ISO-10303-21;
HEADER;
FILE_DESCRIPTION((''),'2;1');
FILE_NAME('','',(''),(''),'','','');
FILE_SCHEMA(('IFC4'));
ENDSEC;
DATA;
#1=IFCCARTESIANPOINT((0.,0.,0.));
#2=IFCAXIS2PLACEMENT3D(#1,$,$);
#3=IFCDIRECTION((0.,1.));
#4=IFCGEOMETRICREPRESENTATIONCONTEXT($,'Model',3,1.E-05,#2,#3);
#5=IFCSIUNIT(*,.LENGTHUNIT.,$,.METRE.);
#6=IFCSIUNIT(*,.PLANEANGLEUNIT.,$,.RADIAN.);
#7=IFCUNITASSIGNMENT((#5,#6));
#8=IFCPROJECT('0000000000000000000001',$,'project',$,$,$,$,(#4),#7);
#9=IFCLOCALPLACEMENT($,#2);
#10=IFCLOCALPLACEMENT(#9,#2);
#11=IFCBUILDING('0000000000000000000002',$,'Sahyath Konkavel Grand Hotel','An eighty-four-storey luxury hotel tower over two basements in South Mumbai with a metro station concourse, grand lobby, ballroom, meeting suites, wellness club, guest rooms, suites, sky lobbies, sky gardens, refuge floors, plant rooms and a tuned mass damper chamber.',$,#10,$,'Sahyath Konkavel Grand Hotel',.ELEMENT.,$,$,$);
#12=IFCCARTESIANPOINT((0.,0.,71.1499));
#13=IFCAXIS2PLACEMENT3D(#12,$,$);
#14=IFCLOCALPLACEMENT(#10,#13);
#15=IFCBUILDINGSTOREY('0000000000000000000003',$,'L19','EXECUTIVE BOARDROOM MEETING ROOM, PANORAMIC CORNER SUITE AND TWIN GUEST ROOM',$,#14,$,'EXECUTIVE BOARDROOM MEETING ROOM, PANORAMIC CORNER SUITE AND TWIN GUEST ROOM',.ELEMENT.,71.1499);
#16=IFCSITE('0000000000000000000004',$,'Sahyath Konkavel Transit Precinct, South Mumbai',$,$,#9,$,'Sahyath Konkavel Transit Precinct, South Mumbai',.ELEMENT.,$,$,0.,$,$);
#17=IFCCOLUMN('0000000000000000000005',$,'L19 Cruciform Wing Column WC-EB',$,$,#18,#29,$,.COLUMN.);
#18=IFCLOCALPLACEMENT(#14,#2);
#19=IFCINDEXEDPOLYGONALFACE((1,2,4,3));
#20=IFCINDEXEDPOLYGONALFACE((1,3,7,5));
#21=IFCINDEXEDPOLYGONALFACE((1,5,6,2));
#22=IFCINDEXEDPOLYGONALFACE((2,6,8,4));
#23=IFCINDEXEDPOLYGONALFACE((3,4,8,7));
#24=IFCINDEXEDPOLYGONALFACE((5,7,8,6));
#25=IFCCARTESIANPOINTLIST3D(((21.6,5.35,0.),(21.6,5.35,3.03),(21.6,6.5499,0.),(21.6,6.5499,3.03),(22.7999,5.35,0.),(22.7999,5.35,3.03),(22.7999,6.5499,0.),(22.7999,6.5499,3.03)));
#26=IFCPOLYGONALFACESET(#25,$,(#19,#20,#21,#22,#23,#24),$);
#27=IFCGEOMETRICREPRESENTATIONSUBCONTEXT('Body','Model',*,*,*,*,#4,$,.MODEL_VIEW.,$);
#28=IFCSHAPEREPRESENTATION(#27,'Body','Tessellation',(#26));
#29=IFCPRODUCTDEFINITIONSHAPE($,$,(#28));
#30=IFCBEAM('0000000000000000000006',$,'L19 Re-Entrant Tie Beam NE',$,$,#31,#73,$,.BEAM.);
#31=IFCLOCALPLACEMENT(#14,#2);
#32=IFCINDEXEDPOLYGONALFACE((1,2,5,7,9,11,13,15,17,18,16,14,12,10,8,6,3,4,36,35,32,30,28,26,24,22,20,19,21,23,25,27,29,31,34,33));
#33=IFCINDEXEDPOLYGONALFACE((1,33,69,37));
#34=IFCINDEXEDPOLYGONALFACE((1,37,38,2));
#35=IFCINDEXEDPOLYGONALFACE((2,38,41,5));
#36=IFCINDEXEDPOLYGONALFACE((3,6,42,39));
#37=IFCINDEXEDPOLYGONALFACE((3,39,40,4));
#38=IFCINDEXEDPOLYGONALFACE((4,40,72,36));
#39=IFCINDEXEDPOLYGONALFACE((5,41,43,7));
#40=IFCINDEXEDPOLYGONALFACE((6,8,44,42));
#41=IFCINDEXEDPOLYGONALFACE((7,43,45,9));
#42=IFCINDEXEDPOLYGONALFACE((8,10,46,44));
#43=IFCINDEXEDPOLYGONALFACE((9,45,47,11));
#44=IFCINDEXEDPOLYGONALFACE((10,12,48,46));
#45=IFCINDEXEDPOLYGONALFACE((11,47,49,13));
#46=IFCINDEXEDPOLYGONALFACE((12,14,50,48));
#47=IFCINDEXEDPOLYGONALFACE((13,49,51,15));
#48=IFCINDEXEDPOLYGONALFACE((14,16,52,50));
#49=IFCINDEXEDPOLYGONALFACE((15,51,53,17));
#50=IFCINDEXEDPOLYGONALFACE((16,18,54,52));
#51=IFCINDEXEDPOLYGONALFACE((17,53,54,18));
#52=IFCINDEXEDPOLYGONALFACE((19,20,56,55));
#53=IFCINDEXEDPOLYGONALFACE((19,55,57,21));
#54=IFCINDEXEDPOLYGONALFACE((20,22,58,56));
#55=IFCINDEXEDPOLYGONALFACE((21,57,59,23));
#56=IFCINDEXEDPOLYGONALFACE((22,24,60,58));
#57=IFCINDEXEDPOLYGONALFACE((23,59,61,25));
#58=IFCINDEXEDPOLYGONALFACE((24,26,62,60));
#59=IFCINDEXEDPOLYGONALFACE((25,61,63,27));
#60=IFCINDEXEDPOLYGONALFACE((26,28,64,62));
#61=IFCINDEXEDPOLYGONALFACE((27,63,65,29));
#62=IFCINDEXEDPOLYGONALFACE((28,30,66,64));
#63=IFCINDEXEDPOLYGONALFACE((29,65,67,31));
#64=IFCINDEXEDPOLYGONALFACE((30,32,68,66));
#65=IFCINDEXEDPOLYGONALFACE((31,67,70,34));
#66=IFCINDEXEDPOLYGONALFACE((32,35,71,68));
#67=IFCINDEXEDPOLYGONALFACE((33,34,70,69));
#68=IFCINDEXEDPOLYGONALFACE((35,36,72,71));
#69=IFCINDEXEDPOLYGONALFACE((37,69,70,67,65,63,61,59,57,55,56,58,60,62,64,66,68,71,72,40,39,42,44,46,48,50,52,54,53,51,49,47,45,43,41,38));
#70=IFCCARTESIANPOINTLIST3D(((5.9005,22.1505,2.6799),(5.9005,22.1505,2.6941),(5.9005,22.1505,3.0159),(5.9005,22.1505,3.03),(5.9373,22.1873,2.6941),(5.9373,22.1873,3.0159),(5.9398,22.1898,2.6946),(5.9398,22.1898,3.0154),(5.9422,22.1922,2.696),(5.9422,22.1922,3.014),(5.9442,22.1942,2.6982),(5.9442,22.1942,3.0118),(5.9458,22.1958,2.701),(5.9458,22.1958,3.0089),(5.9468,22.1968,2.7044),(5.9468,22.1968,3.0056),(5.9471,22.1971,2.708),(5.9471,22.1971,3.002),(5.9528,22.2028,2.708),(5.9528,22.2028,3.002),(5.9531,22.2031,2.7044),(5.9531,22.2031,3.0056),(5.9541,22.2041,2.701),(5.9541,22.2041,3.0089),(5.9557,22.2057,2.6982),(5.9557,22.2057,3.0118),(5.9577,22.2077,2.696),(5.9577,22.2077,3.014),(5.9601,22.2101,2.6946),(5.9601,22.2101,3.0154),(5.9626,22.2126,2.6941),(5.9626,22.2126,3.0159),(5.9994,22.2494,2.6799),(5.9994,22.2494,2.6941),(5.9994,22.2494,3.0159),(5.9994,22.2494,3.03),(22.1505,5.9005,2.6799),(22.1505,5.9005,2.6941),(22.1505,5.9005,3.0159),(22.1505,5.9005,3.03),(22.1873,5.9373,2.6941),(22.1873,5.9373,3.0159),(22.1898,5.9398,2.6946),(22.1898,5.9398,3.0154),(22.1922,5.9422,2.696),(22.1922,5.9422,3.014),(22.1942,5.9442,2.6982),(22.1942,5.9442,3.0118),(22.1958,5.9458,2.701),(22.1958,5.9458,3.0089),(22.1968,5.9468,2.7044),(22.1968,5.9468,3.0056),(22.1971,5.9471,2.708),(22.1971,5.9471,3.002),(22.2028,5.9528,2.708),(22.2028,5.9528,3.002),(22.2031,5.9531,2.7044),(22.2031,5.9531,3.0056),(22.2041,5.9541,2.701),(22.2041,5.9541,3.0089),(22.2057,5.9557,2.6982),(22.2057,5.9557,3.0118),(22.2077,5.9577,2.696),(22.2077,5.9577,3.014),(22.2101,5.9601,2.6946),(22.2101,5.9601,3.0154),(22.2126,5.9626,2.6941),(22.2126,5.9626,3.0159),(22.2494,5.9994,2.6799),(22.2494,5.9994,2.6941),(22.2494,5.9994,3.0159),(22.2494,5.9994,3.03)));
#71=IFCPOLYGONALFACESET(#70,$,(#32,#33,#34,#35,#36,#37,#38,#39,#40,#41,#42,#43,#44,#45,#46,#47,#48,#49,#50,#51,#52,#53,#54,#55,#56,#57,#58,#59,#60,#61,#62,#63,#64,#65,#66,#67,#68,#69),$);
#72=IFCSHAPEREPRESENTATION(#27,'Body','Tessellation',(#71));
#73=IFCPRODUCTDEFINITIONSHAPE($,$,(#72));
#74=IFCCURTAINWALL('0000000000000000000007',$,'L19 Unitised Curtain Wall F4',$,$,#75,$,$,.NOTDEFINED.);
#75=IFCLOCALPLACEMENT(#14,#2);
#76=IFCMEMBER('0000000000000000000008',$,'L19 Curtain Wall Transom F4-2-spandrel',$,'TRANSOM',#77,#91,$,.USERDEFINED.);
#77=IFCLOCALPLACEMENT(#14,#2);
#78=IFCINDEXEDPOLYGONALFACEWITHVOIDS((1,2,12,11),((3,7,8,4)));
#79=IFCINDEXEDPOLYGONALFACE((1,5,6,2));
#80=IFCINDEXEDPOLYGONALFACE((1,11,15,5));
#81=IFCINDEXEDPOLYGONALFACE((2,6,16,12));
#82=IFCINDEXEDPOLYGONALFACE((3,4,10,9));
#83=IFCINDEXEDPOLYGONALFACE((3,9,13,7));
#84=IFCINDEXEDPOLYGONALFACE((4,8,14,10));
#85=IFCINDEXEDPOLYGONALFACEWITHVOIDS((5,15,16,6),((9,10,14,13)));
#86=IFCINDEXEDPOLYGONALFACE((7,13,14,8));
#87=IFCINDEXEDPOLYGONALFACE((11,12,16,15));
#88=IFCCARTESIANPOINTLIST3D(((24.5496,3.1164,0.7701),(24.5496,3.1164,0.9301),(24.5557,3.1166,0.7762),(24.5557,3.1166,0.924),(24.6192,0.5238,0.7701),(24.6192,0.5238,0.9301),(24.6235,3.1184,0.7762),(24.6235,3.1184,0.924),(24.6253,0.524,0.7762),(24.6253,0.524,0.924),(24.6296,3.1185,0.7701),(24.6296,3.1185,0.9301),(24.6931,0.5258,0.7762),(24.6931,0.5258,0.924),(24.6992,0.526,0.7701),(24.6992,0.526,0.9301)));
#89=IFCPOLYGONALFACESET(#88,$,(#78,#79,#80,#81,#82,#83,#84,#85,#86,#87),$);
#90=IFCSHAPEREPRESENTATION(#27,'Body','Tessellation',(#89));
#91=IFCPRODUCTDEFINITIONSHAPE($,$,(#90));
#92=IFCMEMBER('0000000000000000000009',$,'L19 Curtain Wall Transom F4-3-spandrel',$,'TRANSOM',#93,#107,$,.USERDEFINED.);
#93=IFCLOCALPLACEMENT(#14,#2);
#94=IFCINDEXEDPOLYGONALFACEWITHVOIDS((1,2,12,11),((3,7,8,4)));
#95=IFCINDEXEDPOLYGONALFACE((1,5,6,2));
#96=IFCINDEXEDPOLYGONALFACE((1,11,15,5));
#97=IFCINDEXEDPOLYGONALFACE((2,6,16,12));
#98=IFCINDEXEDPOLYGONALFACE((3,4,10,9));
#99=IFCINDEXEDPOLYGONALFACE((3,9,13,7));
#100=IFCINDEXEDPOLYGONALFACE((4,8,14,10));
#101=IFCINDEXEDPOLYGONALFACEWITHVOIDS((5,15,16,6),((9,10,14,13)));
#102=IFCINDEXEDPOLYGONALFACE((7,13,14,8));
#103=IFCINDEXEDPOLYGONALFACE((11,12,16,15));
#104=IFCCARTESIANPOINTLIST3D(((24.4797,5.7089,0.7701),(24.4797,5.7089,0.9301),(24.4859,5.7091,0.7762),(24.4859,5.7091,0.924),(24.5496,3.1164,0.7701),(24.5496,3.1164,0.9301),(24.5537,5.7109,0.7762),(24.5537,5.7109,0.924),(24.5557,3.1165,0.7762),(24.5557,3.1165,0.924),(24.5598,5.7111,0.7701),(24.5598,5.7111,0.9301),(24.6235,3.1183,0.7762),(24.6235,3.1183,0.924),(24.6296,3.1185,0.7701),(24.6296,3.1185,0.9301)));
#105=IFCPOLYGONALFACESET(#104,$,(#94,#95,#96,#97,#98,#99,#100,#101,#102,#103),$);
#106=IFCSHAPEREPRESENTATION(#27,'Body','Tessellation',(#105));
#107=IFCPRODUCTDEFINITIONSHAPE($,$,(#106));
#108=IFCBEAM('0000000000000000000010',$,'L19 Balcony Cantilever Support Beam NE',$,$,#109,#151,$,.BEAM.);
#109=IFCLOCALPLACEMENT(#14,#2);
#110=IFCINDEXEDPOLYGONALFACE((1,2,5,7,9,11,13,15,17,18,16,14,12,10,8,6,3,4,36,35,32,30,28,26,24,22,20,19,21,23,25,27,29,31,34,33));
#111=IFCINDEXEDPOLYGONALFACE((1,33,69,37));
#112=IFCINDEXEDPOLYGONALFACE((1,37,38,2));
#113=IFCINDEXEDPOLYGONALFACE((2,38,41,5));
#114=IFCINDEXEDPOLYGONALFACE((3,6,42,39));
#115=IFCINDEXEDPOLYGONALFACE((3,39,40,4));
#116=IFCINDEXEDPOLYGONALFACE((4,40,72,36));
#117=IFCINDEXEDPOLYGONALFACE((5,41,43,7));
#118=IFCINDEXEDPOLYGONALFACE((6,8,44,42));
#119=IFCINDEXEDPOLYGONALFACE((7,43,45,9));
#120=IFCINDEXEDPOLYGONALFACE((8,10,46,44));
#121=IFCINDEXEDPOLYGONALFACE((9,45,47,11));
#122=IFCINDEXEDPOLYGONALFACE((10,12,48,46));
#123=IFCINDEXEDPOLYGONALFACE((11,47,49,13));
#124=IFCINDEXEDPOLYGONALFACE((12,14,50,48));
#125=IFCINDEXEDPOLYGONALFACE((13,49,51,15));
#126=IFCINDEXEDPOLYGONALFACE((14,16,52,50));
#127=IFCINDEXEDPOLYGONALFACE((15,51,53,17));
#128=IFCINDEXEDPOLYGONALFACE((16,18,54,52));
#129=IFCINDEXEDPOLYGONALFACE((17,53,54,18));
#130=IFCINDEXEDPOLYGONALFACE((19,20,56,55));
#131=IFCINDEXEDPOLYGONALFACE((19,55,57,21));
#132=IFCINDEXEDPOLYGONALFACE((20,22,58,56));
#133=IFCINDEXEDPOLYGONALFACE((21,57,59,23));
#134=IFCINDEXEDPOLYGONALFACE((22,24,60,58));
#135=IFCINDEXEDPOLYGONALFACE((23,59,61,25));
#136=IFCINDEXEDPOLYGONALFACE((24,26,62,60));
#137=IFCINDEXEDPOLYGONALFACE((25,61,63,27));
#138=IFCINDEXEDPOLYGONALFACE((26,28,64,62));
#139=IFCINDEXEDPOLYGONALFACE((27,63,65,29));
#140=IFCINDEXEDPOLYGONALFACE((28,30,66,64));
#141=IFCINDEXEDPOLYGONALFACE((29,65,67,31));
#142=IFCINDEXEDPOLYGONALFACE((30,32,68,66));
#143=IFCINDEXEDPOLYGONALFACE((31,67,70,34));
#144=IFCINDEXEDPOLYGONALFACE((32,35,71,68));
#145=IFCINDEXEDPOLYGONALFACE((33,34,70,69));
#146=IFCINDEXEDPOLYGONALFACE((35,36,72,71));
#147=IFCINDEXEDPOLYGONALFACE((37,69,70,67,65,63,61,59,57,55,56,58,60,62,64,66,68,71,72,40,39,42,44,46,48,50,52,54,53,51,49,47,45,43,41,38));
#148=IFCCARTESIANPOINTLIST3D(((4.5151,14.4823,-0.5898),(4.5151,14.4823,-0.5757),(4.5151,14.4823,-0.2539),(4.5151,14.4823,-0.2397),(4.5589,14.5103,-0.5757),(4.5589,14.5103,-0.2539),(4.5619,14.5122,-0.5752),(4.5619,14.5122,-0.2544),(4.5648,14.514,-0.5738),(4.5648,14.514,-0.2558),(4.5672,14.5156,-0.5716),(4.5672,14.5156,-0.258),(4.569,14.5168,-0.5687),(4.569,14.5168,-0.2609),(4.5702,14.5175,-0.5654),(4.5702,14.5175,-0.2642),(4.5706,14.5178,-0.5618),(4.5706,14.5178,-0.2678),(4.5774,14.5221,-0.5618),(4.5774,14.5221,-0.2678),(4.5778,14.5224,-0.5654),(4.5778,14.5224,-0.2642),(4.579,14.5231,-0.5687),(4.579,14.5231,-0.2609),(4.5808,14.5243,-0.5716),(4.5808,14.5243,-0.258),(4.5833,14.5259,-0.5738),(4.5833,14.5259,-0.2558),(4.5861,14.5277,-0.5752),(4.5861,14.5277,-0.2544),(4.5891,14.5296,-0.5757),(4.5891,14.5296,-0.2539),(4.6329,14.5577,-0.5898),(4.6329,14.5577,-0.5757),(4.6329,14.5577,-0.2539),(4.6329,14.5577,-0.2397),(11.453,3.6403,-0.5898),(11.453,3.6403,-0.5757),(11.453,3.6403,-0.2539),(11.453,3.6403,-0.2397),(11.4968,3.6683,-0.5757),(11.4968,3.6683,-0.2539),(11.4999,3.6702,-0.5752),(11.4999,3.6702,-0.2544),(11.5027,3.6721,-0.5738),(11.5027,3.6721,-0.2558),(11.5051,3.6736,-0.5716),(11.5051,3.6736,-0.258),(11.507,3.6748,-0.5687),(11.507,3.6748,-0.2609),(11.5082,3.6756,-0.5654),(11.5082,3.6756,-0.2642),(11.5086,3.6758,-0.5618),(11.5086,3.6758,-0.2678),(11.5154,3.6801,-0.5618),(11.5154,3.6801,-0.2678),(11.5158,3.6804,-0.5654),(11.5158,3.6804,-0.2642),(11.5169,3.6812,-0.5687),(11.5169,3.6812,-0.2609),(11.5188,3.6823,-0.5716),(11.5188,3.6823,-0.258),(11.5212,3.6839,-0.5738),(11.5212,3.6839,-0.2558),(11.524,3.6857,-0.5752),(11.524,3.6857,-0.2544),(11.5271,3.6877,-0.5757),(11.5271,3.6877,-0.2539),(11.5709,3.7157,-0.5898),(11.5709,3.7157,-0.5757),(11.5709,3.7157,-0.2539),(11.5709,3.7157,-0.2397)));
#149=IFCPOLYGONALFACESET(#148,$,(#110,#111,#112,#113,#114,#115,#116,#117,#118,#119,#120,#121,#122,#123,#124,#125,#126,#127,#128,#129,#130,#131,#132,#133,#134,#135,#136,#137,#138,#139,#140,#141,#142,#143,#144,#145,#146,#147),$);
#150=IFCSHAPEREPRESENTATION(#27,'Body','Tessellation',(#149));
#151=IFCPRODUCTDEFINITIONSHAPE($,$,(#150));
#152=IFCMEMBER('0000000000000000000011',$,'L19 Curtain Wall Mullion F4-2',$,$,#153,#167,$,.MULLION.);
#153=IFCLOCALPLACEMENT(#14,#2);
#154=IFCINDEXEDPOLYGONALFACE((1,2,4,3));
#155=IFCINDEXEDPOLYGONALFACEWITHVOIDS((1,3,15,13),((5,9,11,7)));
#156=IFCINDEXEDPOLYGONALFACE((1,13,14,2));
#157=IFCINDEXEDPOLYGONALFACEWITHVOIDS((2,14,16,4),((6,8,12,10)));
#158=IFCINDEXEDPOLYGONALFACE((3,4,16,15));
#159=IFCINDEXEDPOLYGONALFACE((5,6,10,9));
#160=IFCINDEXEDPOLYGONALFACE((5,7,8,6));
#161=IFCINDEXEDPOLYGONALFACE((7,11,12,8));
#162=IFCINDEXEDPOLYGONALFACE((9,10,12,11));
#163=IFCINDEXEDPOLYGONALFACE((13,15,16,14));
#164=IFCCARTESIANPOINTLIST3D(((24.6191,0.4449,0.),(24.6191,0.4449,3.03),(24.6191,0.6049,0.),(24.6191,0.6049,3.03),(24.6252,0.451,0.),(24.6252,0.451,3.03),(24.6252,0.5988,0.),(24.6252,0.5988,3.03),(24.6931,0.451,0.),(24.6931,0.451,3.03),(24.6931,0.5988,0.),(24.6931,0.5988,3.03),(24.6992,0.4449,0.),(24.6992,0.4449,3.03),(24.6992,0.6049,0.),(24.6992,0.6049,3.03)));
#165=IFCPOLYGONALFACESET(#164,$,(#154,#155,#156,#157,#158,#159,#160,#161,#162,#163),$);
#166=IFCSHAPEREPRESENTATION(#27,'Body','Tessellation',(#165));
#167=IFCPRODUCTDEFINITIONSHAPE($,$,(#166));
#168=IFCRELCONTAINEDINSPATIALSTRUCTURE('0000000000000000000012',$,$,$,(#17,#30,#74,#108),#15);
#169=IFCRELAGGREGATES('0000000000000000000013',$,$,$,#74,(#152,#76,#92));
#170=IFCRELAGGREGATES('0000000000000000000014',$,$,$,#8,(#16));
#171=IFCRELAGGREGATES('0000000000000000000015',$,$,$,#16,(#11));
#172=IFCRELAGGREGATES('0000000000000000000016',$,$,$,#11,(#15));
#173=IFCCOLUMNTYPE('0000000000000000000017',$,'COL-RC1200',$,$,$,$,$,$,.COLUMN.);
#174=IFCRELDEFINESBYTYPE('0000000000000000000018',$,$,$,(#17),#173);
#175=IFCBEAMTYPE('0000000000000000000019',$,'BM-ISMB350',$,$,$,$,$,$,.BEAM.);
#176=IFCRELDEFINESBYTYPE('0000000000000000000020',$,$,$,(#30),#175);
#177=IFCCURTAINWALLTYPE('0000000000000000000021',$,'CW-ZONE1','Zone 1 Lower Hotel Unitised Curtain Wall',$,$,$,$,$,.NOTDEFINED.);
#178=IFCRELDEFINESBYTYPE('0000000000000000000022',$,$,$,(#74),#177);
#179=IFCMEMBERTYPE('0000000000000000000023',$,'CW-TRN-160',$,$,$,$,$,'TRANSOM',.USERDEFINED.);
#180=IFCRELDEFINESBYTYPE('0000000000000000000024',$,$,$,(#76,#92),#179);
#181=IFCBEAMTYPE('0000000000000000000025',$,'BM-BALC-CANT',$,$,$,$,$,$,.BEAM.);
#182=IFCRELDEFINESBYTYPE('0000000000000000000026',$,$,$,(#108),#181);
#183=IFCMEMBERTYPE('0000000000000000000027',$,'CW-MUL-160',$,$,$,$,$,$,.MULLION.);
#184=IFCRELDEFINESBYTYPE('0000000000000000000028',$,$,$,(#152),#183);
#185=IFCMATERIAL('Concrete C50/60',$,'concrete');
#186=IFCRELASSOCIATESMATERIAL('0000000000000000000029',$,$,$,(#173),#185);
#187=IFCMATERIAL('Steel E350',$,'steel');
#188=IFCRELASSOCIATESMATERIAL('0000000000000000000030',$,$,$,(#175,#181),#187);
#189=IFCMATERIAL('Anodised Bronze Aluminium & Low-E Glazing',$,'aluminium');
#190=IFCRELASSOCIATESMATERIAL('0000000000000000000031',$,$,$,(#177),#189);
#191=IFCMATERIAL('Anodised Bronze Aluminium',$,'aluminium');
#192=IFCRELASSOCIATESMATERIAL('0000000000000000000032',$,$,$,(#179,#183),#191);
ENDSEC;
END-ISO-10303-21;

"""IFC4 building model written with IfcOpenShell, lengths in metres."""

from ifc_helpers import new_model, si_unit, direction, frame, origin, origin_2d, place, context, subcontext, project, spatial, rectangle, hollow_rectangle, i_section, extrude, source, transform, mapped, material, material_profile, profile_set, type_object, element, aggregate, save


model = new_model("IFC4")

# Units and contexts
model_context = context("Model", 3, precision=1e-05, world=origin(), true_north=direction((0.0, 1.0)))
body_context = subcontext(model_context, "Body", "Model", "MODEL_VIEW")
ifc_project = project(units=[si_unit("LENGTHUNIT", "METRE"), si_unit("PLANEANGLEUNIT", "RADIAN")], contexts=[model_context])

# Site, building, storey
site_placement = place(None, origin())
site = spatial("IfcSite", under=ifc_project, at=site_placement, Name="Sahyath Konkavel Transit Precinct, South Mumbai", LongName="Sahyath Konkavel Transit Precinct, South Mumbai", CompositionType="ELEMENT", RefElevation=0.0)
building_placement = place(site_placement, origin())
building = spatial("IfcBuilding", under=site, at=building_placement, Name="Sahyath Konkavel Grand Hotel", Description="An eighty-four-storey luxury hotel tower over two basements in South Mumbai with a metro station concourse, grand lobby, ballroom, meeting suites, wellness club, guest rooms, suites, sky lobbies, sky gardens, refuge floors, plant rooms and a tuned mass damper chamber.", LongName="Sahyath Konkavel Grand Hotel", CompositionType="ELEMENT")
storey_placement = place(building_placement, frame((0.0, 0.0, 71.1499)))
storey = spatial("IfcBuildingStorey", under=building, at=storey_placement, Name="L19", Description="EXECUTIVE BOARDROOM MEETING ROOM, PANORAMIC CORNER SUITE AND TWIN GUEST ROOM", LongName="EXECUTIVE BOARDROOM MEETING ROOM, PANORAMIC CORNER SUITE AND TWIN GUEST ROOM", CompositionType="ELEMENT", Elevation=71.1499)

# Column
ifc_material_1 = material(Name="Concrete C50/60", Category="concrete")
ifc_material_profile_1 = material_profile(ifc_material_1, rectangle(XDim=1.2, YDim=1.2, at=origin_2d()), Name="RC 1200x1200")
ifc_profile_set_1 = profile_set([ifc_material_profile_1], Name="Concrete C50/60")
column_type = type_object("IfcColumnType", Name="COL-RC1200", PredefinedType="COLUMN", material=ifc_profile_set_1)
shared_shape_1 = source(origin(), body_context, "Body", "SweptSolid", [
    extrude(rectangle(XDim=1.2, YDim=1.2, at=origin_2d()), origin(), (0.0, 0.0, 1.0), 3.03),
])
column_placement = place(storey_placement, frame((22.2, 5.95, 0.0), z_axis=(0.0, 0.0, 1.0), x_axis=(1.0, 0.0, 0.0)))
element("IfcColumn", 1, at=column_placement, inside=storey, type_object=column_type, Name="L19 Cruciform Wing Column WC-EB", PredefinedType="COLUMN", context=body_context, shape_type="MappedRepresentation", body=[
    mapped(shared_shape_1, transform((0.0, 0.0, 0.0), scale=1.0)),
])

# Beam
ifc_material_2 = material(Name="Steel E350", Category="steel")
ifc_material_profile_2 = material_profile(ifc_material_2, i_section(OverallWidth=0.1399, OverallDepth=0.3501, WebThickness=0.0081, FlangeThickness=0.0142, FilletRadius=0.0139, at=origin_2d()), Name="ISMB 350")
ifc_profile_set_2 = profile_set([ifc_material_profile_2], Name="Steel E350")
beam_type_1 = type_object("IfcBeamType", Name="BM-ISMB350", PredefinedType="BEAM", material=ifc_profile_set_2)
shared_shape_2 = source(origin(), body_context, "Body", "SweptSolid", [
    extrude(i_section(OverallWidth=0.1399, OverallDepth=0.3501, WebThickness=0.0081, FlangeThickness=0.0142, FilletRadius=0.0139, at=origin_2d()), origin(), (0.0, 0.0, 1.0), 22.981),
])
beam_1_placement = place(storey_placement, frame((22.2, 5.95, 2.855), z_axis=(-0.707107, 0.707107, 0.0), x_axis=(-0.707107, -0.707107, 0.0)))
element("IfcBeam", 2, at=beam_1_placement, inside=storey, type_object=beam_type_1, Name="L19 Re-Entrant Tie Beam NE", PredefinedType="BEAM", context=body_context, shape_type="MappedRepresentation", body=[
    mapped(shared_shape_2, transform((0.0, 0.0, 0.0), scale=1.0)),
])

# Curtain wall, members
ifc_material_3 = material(Name="Anodised Bronze Aluminium & Low-E Glazing", Category="aluminium")
curtain_wall_type = type_object("IfcCurtainWallType", Name="CW-ZONE1", Description="Zone 1 Lower Hotel Unitised Curtain Wall", PredefinedType="NOTDEFINED", material=ifc_material_3)
curtain_wall_placement = place(storey_placement, origin())
curtain_wall = element("IfcCurtainWall", 3, at=curtain_wall_placement, inside=storey, type_object=curtain_wall_type, Name="L19 Unitised Curtain Wall F4", PredefinedType="NOTDEFINED")
ifc_material_4 = material(Name="Anodised Bronze Aluminium", Category="aluminium")
ifc_material_profile_3 = material_profile(ifc_material_4, hollow_rectangle(XDim=0.0801, YDim=0.1599, WallThickness=0.0061, at=origin_2d()), Name="RHS 160x80x6")
ifc_profile_set_3 = profile_set([ifc_material_profile_3], Name="Anodised Bronze Aluminium")
member_type_1 = type_object("IfcMemberType", Name="CW-TRN-160", ElementType="TRANSOM", PredefinedType="USERDEFINED", material=ifc_profile_set_3)
shared_shape_3 = source(origin(), body_context, "Body", "SweptSolid", [
    extrude(hollow_rectangle(XDim=0.0801, YDim=0.1599, WallThickness=0.0061, at=origin_2d()), origin(), (0.0, 0.0, 1.0), 2.5935),
])
member_1_placement = place(storey_placement, frame((24.6592, 0.5249, 0.8501), z_axis=(-0.026829, 0.99964, 0.0), x_axis=(-0.99964, -0.026829, 0.0)))
member_1 = element("IfcMember", 4, at=member_1_placement, type_object=member_type_1, Name="L19 Curtain Wall Transom F4-2-spandrel", ObjectType="TRANSOM", PredefinedType="USERDEFINED", context=body_context, shape_type="MappedRepresentation", body=[
    mapped(shared_shape_3, transform((0.0, 0.0, 0.0), scale=1.0)),
])
member_2_placement = place(storey_placement, frame((24.5896, 3.1174, 0.8501), z_axis=(-0.026923, 0.999638, 0.0), x_axis=(-0.999638, -0.026923, 0.0)))
member_2 = element("IfcMember", 5, at=member_2_placement, type_object=member_type_1, Name="L19 Curtain Wall Transom F4-3-spandrel", ObjectType="TRANSOM", PredefinedType="USERDEFINED", context=body_context, shape_type="MappedRepresentation", body=[
    mapped(shared_shape_3, transform((0.0, 0.0, 0.0), scale=1.0)),
])

# Beam
ifc_material_profile_4 = material_profile(ifc_material_2, i_section(OverallWidth=0.1399, OverallDepth=0.3501, WebThickness=0.0081, FlangeThickness=0.0142, FilletRadius=0.0139, at=origin_2d()), Name="ISMB 350")
ifc_profile_set_4 = profile_set([ifc_material_profile_4], Name="Steel E350")
beam_type_2 = type_object("IfcBeamType", Name="BM-BALC-CANT", PredefinedType="BEAM", material=ifc_profile_set_4)
shared_shape_4 = source(origin(), body_context, "Body", "SweptSolid", [
    extrude(i_section(OverallWidth=0.1399, OverallDepth=0.3501, WebThickness=0.0081, FlangeThickness=0.0142, FilletRadius=0.0139, at=origin_2d()), origin(), (0.0, 0.0, 1.0), 12.8718),
])
beam_2_placement = place(storey_placement, frame((11.512, 3.678, -0.4148), z_axis=(-0.539003, 0.842304, 0.0), x_axis=(-0.842304, -0.539003, 0.0)))
element("IfcBeam", 6, at=beam_2_placement, inside=storey, type_object=beam_type_2, Name="L19 Balcony Cantilever Support Beam NE", PredefinedType="BEAM", context=body_context, shape_type="MappedRepresentation", body=[
    mapped(shared_shape_4, transform((0.0, 0.0, 0.0), scale=1.0)),
])

# Member
ifc_material_profile_5 = material_profile(ifc_material_4, hollow_rectangle(XDim=0.0801, YDim=0.1599, WallThickness=0.0061, at=origin_2d()), Name="RHS 160x80x6")
ifc_profile_set_5 = profile_set([ifc_material_profile_5], Name="Anodised Bronze Aluminium")
member_type_2 = type_object("IfcMemberType", Name="CW-MUL-160", PredefinedType="MULLION", material=ifc_profile_set_5)
shared_shape_5 = source(origin(), body_context, "Body", "SweptSolid", [
    extrude(hollow_rectangle(XDim=0.0801, YDim=0.1599, WallThickness=0.0061, at=origin_2d()), origin(), (0.0, 0.0, 1.0), 3.03),
])
member_3_placement = place(storey_placement, frame((24.6592, 0.5249, 0.0), z_axis=(0.0, 0.0, 1.0), x_axis=(1.0, 0.0, 0.0)))
member_3 = element("IfcMember", 7, at=member_3_placement, type_object=member_type_2, Name="L19 Curtain Wall Mullion F4-2", PredefinedType="MULLION", context=body_context, shape_type="MappedRepresentation", body=[
    mapped(shared_shape_5, transform((0.0, 0.0, 0.0), scale=1.0)),
])

aggregate(curtain_wall, [member_3, member_1, member_2])

save(model, "model.ifc")
